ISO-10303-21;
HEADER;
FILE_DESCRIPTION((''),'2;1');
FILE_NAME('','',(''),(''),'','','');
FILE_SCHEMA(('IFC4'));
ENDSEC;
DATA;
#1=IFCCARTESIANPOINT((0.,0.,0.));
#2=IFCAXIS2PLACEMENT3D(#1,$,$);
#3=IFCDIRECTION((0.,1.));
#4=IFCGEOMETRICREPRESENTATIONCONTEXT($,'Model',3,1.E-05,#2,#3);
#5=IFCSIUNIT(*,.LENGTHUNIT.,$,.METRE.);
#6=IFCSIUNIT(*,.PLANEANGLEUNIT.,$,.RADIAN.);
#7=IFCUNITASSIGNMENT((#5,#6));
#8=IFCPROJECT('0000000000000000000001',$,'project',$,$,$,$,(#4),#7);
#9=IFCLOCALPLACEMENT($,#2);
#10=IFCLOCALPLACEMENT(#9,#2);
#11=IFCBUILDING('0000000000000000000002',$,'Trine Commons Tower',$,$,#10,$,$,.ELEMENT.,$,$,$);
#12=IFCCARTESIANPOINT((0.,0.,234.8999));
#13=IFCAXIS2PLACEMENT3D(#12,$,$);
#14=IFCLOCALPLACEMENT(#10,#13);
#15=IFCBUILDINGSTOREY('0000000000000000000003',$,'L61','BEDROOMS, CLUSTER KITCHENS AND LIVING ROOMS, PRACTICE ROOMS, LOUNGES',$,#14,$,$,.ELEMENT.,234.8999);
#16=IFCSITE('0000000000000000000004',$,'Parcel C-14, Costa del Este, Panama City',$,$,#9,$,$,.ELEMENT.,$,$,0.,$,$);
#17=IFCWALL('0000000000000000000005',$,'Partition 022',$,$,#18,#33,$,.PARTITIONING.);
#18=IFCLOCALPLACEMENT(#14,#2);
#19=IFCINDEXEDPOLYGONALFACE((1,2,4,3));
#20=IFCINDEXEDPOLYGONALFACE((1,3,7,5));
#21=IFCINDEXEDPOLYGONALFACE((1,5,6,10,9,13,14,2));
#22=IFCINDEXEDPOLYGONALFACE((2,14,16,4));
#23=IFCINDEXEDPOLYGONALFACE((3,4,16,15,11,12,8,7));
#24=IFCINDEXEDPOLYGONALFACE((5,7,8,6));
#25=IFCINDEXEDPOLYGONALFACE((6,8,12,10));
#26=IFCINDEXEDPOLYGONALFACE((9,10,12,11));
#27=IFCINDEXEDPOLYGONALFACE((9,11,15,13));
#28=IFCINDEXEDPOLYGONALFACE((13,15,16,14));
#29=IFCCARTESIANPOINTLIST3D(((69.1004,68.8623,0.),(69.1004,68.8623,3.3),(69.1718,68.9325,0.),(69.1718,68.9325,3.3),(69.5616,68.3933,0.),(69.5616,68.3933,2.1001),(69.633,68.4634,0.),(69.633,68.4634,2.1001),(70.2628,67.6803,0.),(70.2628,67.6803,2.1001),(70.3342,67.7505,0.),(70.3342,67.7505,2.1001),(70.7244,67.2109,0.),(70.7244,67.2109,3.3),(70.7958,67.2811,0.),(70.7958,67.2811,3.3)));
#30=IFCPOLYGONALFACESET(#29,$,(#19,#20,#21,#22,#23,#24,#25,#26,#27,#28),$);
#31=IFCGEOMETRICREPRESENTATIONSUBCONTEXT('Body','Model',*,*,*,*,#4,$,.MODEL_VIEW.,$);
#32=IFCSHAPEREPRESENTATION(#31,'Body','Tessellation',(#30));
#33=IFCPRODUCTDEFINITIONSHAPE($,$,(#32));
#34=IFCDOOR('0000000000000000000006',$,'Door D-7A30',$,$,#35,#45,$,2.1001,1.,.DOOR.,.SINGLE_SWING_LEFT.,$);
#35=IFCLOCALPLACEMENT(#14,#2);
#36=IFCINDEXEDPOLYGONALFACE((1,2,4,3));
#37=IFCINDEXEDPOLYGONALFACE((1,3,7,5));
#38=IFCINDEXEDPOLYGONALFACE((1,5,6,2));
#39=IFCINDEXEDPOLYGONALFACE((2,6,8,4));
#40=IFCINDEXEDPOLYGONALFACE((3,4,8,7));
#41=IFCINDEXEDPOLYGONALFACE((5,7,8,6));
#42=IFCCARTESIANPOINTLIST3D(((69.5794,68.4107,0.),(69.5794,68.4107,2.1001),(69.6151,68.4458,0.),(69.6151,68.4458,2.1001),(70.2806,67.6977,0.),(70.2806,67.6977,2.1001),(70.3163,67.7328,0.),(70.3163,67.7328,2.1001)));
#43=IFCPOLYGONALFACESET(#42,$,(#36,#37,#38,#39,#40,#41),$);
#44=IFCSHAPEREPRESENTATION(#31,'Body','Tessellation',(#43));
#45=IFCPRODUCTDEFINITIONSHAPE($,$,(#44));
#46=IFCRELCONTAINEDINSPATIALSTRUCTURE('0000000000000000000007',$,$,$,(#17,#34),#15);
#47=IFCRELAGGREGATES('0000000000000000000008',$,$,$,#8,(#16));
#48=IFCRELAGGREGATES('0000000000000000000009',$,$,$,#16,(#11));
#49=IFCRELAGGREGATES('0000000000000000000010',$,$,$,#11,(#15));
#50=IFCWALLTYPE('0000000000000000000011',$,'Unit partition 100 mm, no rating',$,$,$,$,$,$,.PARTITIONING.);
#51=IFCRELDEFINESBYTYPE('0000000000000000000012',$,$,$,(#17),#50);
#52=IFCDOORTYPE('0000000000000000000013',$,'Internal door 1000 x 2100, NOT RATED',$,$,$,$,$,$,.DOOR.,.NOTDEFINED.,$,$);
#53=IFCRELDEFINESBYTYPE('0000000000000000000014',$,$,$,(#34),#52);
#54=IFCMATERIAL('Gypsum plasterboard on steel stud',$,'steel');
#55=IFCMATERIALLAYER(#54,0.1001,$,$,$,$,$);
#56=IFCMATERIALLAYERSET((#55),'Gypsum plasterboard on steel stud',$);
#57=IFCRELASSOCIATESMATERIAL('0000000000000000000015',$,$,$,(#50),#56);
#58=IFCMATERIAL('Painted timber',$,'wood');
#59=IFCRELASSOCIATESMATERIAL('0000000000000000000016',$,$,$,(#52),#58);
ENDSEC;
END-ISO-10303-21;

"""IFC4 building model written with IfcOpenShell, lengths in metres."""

from ifc_helpers import new_model, si_unit, direction, frame, frame_2d, origin, place, context, subcontext, project, spatial, rectangle, extrude, material, layer, layer_set, type_object, element, fill, save


model = new_model("IFC4")

# Units and contexts
model_context = context("Model", 3, precision=1e-05, world=origin(), true_north=direction((0.0, 1.0)))
body_context = subcontext(model_context, "Body", "Model", "MODEL_VIEW")
ifc_project = project(units=[si_unit("LENGTHUNIT", "METRE"), si_unit("PLANEANGLEUNIT", "RADIAN")], contexts=[model_context])

# Site, building, storey
site_placement = place(None, origin())
site = spatial("IfcSite", under=ifc_project, at=site_placement, Name="Parcel C-14, Costa del Este, Panama City", CompositionType="ELEMENT", RefElevation=0.0)
building_placement = place(site_placement, origin())
building = spatial("IfcBuilding", under=site, at=building_placement, Name="Trine Commons Tower", CompositionType="ELEMENT")
storey_placement = place(building_placement, frame((0.0, 0.0, 234.8999)))
storey = spatial("IfcBuildingStorey", under=building, at=storey_placement, Name="L61", Description="BEDROOMS, CLUSTER KITCHENS AND LIVING ROOMS, PRACTICE ROOMS, LOUNGES", CompositionType="ELEMENT", Elevation=234.8999)

# Shared definitions
ifc_material_1 = material(Name="Gypsum plasterboard on steel stud", Category="steel")

# Shared definitions
ifc_layer_1 = layer(ifc_material_1, 0.1001)
ifc_layer_set_1 = layer_set([ifc_layer_1], Name="Gypsum plasterboard on steel stud")
wall_type_1 = type_object("IfcWallType", Name="Unit partition 100 mm, no rating", PredefinedType="PARTITIONING", material=ifc_layer_set_1)

# Shared definitions
ifc_material_2 = material(Name="Painted timber", Category="wood")

# Wall, opening, door
wall_1_placement = place(storey_placement, frame((69.136, 68.8975, 0.0), z_axis=(0.0, 0.0, 1.0), x_axis=(0.701179, -0.712985, 0.0)))
wall_1 = element("IfcWall", 1, at=wall_1_placement, inside=storey, type_object=wall_type_1, Name="Partition 022", PredefinedType="PARTITIONING", context=body_context, shape_type="SweptSolid", body=[
    extrude(rectangle(XDim=2.3162, YDim=0.1001, at=frame_2d((1.1582, 0.0))), origin(), (0.0, 0.0, 1.0), 3.3),
])
opening_1_placement = place(wall_1_placement, frame((0.658, 0.0, 0.0)))
opening_1 = element("IfcOpeningElement", 2, at=opening_1_placement, cuts=wall_1, PredefinedType="OPENING", context=body_context, shape_type="SweptSolid", body=[
    extrude(rectangle(XDim=1.0, YDim=2.1001, at=frame_2d((0.5, 1.05))), frame((0.0, 0.0601, 0.0), z_axis=(0.0, -1.0, 0.0), x_axis=(1.0, 0.0, 0.0)), (0.0, 0.0, 1.0), 0.1201),
])
door_type_1 = type_object("IfcDoorType", Name="Internal door 1000 x 2100, NOT RATED", OperationType="NOTDEFINED", PredefinedType="DOOR", material=ifc_material_2)
door_1_placement = place(opening_1_placement, origin())
door_1 = element("IfcDoor", 3, at=door_1_placement, inside=storey, type_object=door_type_1, Name="Door D-7A30", OperationType="SINGLE_SWING_LEFT", OverallHeight=2.1001, OverallWidth=1.0, PredefinedType="DOOR", context=body_context, shape_type="SweptSolid", body=[
    extrude(rectangle(XDim=1.0, YDim=2.1001, at=frame_2d((0.5, 1.05))), frame((0.0, 0.0249, 0.0), z_axis=(0.0, -1.0, 0.0), x_axis=(1.0, 0.0, 0.0)), (0.0, 0.0, 1.0), 0.05),
])
fill(opening_1, door_1)

save(model, "model.ifc")
